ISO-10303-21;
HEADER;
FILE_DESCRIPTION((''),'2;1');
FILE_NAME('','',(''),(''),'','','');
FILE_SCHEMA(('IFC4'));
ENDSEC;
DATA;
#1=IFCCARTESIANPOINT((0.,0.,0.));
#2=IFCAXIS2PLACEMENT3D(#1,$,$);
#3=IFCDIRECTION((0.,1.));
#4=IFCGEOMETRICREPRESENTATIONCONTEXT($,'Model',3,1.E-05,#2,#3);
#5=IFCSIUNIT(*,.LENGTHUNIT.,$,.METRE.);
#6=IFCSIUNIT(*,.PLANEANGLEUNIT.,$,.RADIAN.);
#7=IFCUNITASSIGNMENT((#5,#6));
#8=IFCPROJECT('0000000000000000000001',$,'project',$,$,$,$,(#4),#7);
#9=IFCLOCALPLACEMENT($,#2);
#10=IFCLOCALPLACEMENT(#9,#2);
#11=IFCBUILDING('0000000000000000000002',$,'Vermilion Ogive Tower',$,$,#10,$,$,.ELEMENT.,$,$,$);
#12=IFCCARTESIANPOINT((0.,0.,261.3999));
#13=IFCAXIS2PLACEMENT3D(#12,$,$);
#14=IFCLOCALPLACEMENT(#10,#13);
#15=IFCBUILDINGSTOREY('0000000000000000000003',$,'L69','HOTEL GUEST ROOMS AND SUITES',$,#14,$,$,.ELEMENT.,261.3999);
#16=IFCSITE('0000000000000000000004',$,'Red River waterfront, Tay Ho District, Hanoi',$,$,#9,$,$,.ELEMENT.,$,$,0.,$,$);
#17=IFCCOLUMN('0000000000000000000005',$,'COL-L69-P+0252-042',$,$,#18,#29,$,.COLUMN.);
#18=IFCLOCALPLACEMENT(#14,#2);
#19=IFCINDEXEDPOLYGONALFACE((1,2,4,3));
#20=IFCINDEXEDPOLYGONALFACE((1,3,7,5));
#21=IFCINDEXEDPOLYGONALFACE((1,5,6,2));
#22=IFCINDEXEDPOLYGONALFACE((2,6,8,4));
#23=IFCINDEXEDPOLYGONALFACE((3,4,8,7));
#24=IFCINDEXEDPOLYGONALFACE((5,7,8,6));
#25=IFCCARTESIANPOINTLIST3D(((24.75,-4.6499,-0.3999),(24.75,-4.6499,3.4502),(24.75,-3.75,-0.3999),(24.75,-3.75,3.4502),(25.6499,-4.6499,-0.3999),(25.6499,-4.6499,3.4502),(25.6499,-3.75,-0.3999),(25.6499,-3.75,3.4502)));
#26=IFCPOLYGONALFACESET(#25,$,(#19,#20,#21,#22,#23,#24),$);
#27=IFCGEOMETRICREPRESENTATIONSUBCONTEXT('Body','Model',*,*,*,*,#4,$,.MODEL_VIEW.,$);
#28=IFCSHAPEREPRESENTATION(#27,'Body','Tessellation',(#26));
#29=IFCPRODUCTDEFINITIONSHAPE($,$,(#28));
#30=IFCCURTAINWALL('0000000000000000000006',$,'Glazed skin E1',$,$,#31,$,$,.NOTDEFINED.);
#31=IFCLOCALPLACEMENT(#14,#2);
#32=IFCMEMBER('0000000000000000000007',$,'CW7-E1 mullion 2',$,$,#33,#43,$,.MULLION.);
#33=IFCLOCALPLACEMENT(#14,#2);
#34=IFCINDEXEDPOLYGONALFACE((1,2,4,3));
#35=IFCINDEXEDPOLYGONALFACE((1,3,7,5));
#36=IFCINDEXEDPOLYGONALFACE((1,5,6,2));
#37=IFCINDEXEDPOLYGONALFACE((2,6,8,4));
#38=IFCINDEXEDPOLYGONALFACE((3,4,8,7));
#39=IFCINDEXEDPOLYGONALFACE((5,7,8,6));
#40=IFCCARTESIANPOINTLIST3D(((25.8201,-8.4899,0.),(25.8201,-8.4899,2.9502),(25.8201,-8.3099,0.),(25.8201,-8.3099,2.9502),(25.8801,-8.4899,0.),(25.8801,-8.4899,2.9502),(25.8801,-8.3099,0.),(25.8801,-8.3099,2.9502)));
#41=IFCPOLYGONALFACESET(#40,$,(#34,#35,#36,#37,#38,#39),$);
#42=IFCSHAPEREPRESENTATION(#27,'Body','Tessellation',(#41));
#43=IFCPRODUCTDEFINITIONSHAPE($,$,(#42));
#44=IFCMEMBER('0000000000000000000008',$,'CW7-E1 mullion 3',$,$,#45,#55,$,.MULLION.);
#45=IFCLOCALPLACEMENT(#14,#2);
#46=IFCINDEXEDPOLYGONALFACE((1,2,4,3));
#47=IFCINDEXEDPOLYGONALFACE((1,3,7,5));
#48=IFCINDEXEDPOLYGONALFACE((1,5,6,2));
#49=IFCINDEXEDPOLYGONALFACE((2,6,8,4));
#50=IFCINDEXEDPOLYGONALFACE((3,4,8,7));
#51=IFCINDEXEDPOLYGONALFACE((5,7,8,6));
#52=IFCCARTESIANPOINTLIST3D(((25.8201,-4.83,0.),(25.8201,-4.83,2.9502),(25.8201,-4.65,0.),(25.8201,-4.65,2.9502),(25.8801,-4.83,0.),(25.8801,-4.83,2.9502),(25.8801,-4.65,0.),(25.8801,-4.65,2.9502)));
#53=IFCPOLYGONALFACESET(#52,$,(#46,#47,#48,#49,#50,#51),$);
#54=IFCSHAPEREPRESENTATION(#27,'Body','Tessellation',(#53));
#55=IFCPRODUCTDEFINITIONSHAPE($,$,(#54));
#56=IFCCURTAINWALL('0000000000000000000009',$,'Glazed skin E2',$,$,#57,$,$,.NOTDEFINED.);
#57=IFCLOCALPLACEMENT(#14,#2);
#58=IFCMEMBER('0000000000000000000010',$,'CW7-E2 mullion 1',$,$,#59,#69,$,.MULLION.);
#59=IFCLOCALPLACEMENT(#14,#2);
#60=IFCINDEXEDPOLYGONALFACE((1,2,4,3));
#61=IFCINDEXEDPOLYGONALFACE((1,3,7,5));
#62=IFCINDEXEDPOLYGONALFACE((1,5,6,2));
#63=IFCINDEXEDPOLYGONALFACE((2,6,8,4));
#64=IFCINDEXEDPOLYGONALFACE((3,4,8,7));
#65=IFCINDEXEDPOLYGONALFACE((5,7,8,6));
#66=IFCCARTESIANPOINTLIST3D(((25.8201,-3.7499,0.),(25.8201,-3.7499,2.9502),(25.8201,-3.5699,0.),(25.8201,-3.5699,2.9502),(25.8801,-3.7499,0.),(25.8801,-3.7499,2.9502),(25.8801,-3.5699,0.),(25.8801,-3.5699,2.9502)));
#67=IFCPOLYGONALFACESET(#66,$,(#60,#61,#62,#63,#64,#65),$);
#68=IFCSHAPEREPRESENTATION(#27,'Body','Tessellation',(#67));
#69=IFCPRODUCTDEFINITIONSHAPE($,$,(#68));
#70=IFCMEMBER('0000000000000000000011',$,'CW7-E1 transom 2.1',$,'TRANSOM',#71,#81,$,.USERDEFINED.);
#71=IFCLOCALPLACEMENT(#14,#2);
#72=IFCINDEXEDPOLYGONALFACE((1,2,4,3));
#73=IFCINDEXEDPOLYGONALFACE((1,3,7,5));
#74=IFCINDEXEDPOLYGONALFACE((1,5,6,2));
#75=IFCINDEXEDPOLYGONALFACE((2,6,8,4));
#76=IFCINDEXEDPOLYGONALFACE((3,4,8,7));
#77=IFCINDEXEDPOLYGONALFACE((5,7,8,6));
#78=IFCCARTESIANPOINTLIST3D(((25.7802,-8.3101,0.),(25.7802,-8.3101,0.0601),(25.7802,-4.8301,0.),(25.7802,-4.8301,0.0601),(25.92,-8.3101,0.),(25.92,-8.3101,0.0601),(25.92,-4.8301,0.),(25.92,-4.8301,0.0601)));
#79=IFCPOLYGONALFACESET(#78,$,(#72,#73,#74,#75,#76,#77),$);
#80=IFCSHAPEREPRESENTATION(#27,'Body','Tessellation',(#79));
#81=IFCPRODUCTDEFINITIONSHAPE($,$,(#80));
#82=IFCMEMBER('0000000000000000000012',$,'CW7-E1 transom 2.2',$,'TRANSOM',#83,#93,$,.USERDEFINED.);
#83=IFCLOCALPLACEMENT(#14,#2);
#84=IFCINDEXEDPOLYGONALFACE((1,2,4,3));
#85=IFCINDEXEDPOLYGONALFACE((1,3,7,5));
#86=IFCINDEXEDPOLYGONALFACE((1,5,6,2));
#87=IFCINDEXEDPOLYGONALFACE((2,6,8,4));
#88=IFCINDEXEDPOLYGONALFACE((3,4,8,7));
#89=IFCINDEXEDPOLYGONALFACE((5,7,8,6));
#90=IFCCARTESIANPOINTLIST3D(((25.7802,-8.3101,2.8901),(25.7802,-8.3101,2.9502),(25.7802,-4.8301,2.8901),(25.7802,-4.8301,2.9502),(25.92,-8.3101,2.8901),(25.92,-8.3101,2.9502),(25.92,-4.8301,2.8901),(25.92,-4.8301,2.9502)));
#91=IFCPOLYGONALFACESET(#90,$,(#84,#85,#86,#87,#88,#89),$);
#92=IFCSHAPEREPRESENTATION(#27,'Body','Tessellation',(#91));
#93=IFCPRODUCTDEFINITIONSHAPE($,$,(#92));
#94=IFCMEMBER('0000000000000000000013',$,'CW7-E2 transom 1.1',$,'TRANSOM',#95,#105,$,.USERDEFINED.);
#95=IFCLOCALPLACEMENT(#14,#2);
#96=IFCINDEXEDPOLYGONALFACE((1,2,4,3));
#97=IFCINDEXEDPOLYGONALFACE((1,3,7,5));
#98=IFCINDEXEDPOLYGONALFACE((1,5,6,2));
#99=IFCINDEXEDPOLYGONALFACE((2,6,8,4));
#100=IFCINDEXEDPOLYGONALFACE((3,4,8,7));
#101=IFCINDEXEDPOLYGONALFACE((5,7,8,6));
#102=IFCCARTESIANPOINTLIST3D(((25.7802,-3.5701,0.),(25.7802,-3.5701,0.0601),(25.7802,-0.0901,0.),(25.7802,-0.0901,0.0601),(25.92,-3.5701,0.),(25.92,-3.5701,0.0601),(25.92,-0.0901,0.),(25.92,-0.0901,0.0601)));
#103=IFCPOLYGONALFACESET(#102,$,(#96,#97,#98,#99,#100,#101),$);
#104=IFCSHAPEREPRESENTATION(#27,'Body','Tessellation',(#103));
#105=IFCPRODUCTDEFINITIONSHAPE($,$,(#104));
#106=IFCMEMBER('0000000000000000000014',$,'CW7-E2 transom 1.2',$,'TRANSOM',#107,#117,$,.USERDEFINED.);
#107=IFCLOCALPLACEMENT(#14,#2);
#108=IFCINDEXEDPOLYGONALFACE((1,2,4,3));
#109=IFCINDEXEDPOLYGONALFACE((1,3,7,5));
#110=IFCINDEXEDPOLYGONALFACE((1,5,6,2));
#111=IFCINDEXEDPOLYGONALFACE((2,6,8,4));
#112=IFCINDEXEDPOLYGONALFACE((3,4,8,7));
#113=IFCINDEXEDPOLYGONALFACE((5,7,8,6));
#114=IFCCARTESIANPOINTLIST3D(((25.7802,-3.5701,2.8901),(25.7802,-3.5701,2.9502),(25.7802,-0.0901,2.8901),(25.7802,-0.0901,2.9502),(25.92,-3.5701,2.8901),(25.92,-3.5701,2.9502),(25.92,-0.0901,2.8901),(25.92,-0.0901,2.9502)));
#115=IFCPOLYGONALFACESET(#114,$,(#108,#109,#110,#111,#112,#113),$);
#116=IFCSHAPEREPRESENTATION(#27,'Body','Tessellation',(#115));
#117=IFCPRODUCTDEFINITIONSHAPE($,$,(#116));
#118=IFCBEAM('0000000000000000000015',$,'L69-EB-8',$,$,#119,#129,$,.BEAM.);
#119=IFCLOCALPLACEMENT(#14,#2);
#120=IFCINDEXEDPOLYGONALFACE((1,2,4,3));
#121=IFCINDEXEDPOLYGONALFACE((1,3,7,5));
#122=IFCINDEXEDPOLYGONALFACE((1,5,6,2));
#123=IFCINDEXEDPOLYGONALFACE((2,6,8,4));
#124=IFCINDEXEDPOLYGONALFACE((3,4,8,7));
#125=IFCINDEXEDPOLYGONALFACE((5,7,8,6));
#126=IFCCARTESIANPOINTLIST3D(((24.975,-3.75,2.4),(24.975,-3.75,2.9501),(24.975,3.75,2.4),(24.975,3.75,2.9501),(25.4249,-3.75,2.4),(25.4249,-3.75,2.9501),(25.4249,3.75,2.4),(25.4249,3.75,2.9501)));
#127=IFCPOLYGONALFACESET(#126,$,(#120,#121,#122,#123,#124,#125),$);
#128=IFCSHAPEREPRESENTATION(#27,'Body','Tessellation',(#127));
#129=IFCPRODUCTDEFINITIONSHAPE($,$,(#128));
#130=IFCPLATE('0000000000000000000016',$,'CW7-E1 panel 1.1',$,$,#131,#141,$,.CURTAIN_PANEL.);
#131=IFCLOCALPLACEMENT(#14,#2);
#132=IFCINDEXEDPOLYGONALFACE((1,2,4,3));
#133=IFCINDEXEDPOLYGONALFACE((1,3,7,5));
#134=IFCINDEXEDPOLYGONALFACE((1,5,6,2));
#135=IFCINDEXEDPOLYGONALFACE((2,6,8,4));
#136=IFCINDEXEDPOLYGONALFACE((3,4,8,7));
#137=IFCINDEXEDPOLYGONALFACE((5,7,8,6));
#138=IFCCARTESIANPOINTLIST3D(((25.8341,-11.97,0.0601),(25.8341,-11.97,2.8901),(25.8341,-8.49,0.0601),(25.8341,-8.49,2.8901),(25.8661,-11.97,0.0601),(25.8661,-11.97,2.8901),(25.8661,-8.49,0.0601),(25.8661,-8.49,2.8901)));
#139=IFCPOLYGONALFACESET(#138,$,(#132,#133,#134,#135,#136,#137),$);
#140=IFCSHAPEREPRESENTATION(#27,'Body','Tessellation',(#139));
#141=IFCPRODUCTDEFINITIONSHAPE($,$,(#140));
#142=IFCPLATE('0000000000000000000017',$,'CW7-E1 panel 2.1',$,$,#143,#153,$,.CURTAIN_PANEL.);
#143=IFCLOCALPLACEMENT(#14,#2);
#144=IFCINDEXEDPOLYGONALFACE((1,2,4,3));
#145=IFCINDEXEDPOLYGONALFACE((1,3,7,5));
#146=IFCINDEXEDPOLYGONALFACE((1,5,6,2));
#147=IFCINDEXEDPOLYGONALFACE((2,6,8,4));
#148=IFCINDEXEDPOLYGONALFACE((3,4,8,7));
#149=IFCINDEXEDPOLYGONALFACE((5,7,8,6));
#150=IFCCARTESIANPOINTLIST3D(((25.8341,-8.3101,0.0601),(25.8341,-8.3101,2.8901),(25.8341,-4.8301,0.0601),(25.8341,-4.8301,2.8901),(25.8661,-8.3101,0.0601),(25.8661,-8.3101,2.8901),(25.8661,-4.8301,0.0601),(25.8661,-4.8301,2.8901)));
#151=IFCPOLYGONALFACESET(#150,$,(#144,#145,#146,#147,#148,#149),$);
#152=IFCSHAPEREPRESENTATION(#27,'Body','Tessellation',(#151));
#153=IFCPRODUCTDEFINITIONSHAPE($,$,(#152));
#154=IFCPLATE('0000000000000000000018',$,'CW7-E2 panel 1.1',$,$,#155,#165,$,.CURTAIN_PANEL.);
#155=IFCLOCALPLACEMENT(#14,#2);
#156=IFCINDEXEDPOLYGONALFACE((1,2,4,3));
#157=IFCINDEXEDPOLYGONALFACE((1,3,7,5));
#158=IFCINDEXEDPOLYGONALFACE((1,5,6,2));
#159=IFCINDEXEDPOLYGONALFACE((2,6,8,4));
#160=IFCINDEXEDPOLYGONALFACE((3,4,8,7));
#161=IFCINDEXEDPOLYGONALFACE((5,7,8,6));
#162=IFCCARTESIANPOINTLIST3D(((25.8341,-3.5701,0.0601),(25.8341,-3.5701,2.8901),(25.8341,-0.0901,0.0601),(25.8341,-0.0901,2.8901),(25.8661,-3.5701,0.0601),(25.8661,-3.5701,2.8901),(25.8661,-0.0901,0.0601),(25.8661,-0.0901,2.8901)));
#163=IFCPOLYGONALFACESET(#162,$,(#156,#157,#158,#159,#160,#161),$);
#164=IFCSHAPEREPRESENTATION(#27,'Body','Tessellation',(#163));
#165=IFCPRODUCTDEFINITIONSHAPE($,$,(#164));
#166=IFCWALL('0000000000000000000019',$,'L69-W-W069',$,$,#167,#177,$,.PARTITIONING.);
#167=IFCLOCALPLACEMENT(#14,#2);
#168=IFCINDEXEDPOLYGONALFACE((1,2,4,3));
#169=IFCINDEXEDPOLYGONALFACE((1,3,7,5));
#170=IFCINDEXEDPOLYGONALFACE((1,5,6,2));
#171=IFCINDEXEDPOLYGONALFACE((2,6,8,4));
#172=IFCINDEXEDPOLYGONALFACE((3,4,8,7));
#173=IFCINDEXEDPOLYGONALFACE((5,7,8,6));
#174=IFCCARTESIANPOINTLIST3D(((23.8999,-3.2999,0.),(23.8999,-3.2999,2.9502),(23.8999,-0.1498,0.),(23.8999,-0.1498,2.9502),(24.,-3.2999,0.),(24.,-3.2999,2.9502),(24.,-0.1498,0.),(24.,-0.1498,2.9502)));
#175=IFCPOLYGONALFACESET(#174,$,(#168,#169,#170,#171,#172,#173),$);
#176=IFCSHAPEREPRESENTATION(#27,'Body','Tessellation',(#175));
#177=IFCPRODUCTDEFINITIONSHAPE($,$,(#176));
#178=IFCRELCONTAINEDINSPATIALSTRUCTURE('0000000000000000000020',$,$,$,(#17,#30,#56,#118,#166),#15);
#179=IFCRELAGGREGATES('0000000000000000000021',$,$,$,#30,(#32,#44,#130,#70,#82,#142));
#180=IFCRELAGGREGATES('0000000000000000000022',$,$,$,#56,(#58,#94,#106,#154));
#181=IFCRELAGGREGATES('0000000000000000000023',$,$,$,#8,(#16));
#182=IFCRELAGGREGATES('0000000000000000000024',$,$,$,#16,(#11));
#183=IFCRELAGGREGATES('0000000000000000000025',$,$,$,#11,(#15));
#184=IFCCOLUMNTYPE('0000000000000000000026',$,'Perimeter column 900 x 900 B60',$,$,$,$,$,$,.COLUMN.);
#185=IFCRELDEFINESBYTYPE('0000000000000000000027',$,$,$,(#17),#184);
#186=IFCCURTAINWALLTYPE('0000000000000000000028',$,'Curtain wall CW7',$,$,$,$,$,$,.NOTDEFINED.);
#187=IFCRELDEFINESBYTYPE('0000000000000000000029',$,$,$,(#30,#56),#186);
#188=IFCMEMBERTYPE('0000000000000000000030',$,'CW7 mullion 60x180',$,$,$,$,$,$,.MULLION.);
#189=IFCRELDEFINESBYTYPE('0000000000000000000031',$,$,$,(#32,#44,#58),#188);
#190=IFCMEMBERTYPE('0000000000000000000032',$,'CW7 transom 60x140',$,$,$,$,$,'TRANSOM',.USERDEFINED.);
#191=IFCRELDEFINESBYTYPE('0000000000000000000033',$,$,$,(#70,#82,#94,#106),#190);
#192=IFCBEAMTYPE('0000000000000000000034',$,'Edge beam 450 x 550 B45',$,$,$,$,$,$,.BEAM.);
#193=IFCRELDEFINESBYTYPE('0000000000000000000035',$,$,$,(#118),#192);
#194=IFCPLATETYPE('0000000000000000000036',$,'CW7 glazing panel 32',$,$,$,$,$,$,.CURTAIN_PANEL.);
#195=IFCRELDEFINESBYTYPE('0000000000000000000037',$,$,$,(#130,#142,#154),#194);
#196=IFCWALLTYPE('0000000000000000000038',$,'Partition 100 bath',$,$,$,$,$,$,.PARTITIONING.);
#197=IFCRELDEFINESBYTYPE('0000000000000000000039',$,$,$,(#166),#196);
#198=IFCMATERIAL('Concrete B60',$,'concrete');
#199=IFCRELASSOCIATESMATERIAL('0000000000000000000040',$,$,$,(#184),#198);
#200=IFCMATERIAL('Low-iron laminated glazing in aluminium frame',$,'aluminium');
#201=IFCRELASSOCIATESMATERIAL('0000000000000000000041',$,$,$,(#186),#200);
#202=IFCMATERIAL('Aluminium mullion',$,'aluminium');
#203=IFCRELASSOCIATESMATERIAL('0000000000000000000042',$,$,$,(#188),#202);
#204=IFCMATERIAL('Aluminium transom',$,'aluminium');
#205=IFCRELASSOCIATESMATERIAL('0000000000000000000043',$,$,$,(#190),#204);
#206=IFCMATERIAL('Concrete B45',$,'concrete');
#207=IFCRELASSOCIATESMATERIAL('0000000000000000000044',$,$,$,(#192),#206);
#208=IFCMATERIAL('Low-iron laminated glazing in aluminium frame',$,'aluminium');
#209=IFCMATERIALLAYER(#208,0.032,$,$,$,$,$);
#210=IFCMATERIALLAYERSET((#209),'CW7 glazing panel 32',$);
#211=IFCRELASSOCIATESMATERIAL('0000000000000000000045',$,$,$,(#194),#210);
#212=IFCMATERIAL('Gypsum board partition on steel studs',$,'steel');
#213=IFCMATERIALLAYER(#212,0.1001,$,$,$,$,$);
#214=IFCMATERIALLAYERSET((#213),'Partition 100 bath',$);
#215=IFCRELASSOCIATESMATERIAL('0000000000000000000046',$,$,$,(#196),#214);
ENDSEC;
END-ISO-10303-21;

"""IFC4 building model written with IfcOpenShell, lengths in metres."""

from ifc_helpers import new_model, si_unit, direction, frame, frame_2d, origin, origin_2d, place, context, subcontext, project, spatial, rectangle, extrude, material, layer, layer_set, material_profile, profile_set, type_object, element, aggregate, save


model = new_model("IFC4")

# Units and contexts
model_context = context("Model", 3, precision=1e-05, world=origin(), true_north=direction((0.0, 1.0)))
body_context = subcontext(model_context, "Body", "Model", "MODEL_VIEW")
ifc_project = project(units=[si_unit("LENGTHUNIT", "METRE"), si_unit("PLANEANGLEUNIT", "RADIAN")], contexts=[model_context])

# Site, building, storey
site_placement = place(None, origin())
site = spatial("IfcSite", under=ifc_project, at=site_placement, Name="Red River waterfront, Tay Ho District, Hanoi", CompositionType="ELEMENT", RefElevation=0.0)
building_placement = place(site_placement, origin())
building = spatial("IfcBuilding", under=site, at=building_placement, Name="Vermilion Ogive Tower", CompositionType="ELEMENT")
storey_placement = place(building_placement, frame((0.0, 0.0, 261.3999)))
storey = spatial("IfcBuildingStorey", under=building, at=storey_placement, Name="L69", Description="HOTEL GUEST ROOMS AND SUITES", CompositionType="ELEMENT", Elevation=261.3999)

# Column
ifc_material_1 = material(Name="Concrete B60", Category="concrete")
ifc_material_profile_1 = material_profile(ifc_material_1, rectangle(XDim=0.8999, YDim=0.8999, at=origin_2d()), Name="900 x 900")
ifc_profile_set_1 = profile_set([ifc_material_profile_1], Name="Concrete B60")
column_type = type_object("IfcColumnType", Name="Perimeter column 900 x 900 B60", PredefinedType="COLUMN", material=ifc_profile_set_1)
column_placement = place(storey_placement, frame((25.2, -4.2, -0.3999), z_axis=(0.0, 0.0, 1.0), x_axis=(1.0, 0.0, 0.0)))
element("IfcColumn", 1, at=column_placement, inside=storey, type_object=column_type, Name="COL-L69-P+0252-042", PredefinedType="COLUMN", context=body_context, shape_type="SweptSolid", body=[
    extrude(rectangle(XDim=0.8999, YDim=0.8999, at=origin_2d()), origin(), (0.0, 0.0, 1.0), 3.8501),
])

# Curtain wall, members
ifc_material_2 = material(Name="Low-iron laminated glazing in aluminium frame", Category="aluminium")
curtain_wall_type = type_object("IfcCurtainWallType", Name="Curtain wall CW7", PredefinedType="NOTDEFINED", material=ifc_material_2)
curtain_wall_1_placement = place(storey_placement, origin())
curtain_wall_1 = element("IfcCurtainWall", 2, at=curtain_wall_1_placement, inside=storey, type_object=curtain_wall_type, Name="Glazed skin E1", PredefinedType="NOTDEFINED")
ifc_material_3 = material(Name="Aluminium mullion", Category="aluminium")
ifc_material_profile_2 = material_profile(ifc_material_3, rectangle(XDim=0.0601, YDim=0.1799, at=origin_2d()), Name="AL 60x180")
ifc_profile_set_2 = profile_set([ifc_material_profile_2], Name="Aluminium mullion")
member_type_1 = type_object("IfcMemberType", Name="CW7 mullion 60x180", PredefinedType="MULLION", material=ifc_profile_set_2)
member_1_placement = place(storey_placement, frame((25.8501, -8.3999, 0.0), z_axis=(0.0, 0.0, 1.0), x_axis=(-1.0, 0.0, 0.0)))
member_1 = element("IfcMember", 3, at=member_1_placement, type_object=member_type_1, Name="CW7-E1 mullion 2", PredefinedType="MULLION", context=body_context, shape_type="SweptSolid", body=[
    extrude(rectangle(XDim=0.0601, YDim=0.1799, at=origin_2d()), origin(), (0.0, 0.0, 1.0), 2.9502),
])
member_2_placement = place(storey_placement, frame((25.8501, -4.74, 0.0), z_axis=(0.0, 0.0, 1.0), x_axis=(-1.0, 0.0, 0.0)))
member_2 = element("IfcMember", 4, at=member_2_placement, type_object=member_type_1, Name="CW7-E1 mullion 3", PredefinedType="MULLION", context=body_context, shape_type="SweptSolid", body=[
    extrude(rectangle(XDim=0.0601, YDim=0.1799, at=origin_2d()), origin(), (0.0, 0.0, 1.0), 2.9502),
])

# Curtain wall, member
curtain_wall_2_placement = place(storey_placement, origin())
curtain_wall_2 = element("IfcCurtainWall", 5, at=curtain_wall_2_placement, inside=storey, type_object=curtain_wall_type, Name="Glazed skin E2", PredefinedType="NOTDEFINED")
member_3_placement = place(storey_placement, frame((25.8501, -3.6599, 0.0), z_axis=(0.0, 0.0, 1.0), x_axis=(-1.0, 0.0, 0.0)))
member_3 = element("IfcMember", 6, at=member_3_placement, type_object=member_type_1, Name="CW7-E2 mullion 1", PredefinedType="MULLION", context=body_context, shape_type="SweptSolid", body=[
    extrude(rectangle(XDim=0.0601, YDim=0.1799, at=origin_2d()), origin(), (0.0, 0.0, 1.0), 2.9502),
])

# Members
ifc_material_4 = material(Name="Aluminium transom", Category="aluminium")
ifc_material_profile_3 = material_profile(ifc_material_4, rectangle(XDim=0.1399, YDim=0.0601, at=origin_2d()), Name="AL 60x140")
ifc_profile_set_3 = profile_set([ifc_material_profile_3], Name="Aluminium transom")
member_type_2 = type_object("IfcMemberType", Name="CW7 transom 60x140", ElementType="TRANSOM", PredefinedType="USERDEFINED", material=ifc_profile_set_3)
member_4_placement = place(storey_placement, frame((25.8501, -8.3101, 0.03), z_axis=(0.0, 1.0, 0.0), x_axis=(-1.0, 0.0, 0.0)))
member_4 = element("IfcMember", 7, at=member_4_placement, type_object=member_type_2, Name="CW7-E1 transom 2.1", ObjectType="TRANSOM", PredefinedType="USERDEFINED", context=body_context, shape_type="SweptSolid", body=[
    extrude(rectangle(XDim=0.1399, YDim=0.0601, at=origin_2d()), origin(), (0.0, 0.0, 1.0), 3.48),
])
member_5_placement = place(storey_placement, frame((25.8501, -8.3101, 2.9202), z_axis=(0.0, 1.0, 0.0), x_axis=(-1.0, 0.0, 0.0)))
member_5 = element("IfcMember", 8, at=member_5_placement, type_object=member_type_2, Name="CW7-E1 transom 2.2", ObjectType="TRANSOM", PredefinedType="USERDEFINED", context=body_context, shape_type="SweptSolid", body=[
    extrude(rectangle(XDim=0.1399, YDim=0.0601, at=origin_2d()), origin(), (0.0, 0.0, 1.0), 3.48),
])
member_6_placement = place(storey_placement, frame((25.8501, -3.5701, 0.03), z_axis=(0.0, 1.0, 0.0), x_axis=(-1.0, 0.0, 0.0)))
member_6 = element("IfcMember", 9, at=member_6_placement, type_object=member_type_2, Name="CW7-E2 transom 1.1", ObjectType="TRANSOM", PredefinedType="USERDEFINED", context=body_context, shape_type="SweptSolid", body=[
    extrude(rectangle(XDim=0.1399, YDim=0.0601, at=origin_2d()), origin(), (0.0, 0.0, 1.0), 3.48),
])
member_7_placement = place(storey_placement, frame((25.8501, -3.5701, 2.9202), z_axis=(0.0, 1.0, 0.0), x_axis=(-1.0, 0.0, 0.0)))
member_7 = element("IfcMember", 10, at=member_7_placement, type_object=member_type_2, Name="CW7-E2 transom 1.2", ObjectType="TRANSOM", PredefinedType="USERDEFINED", context=body_context, shape_type="SweptSolid", body=[
    extrude(rectangle(XDim=0.1399, YDim=0.0601, at=origin_2d()), origin(), (0.0, 0.0, 1.0), 3.48),
])

# Beam
ifc_material_5 = material(Name="Concrete B45", Category="concrete")
ifc_material_profile_4 = material_profile(ifc_material_5, rectangle(XDim=0.45, YDim=0.55, at=origin_2d()), Name="450 x 550")
ifc_profile_set_4 = profile_set([ifc_material_profile_4], Name="Concrete B45")
beam_type = type_object("IfcBeamType", Name="Edge beam 450 x 550 B45", PredefinedType="BEAM", material=ifc_profile_set_4)
beam_placement = place(storey_placement, frame((25.2, -3.75, 2.675), z_axis=(0.0, 1.0, 0.0), x_axis=(-1.0, 0.0, 0.0)))
element("IfcBeam", 11, at=beam_placement, inside=storey, type_object=beam_type, Name="L69-EB-8", PredefinedType="BEAM", context=body_context, shape_type="SweptSolid", body=[
    extrude(rectangle(XDim=0.45, YDim=0.55, at=origin_2d()), origin(), (0.0, 0.0, 1.0), 7.5),
])

# Plates
ifc_material_6 = material(Name="Low-iron laminated glazing in aluminium frame", Category="aluminium")
ifc_layer_1 = layer(ifc_material_6, 0.032)
ifc_layer_set_1 = layer_set([ifc_layer_1], Name="CW7 glazing panel 32")
plate_type = type_object("IfcPlateType", Name="CW7 glazing panel 32", PredefinedType="CURTAIN_PANEL", material=ifc_layer_set_1)
plate_1_placement = place(storey_placement, frame((25.8501, -10.23, 0.0601), z_axis=(0.0, 0.0, 1.0), x_axis=(0.0, 1.0, 0.0)))
plate_1 = element("IfcPlate", 12, at=plate_1_placement, type_object=plate_type, Name="CW7-E1 panel 1.1", PredefinedType="CURTAIN_PANEL", context=body_context, shape_type="SweptSolid", body=[
    extrude(rectangle(XDim=3.48, YDim=0.032, at=origin_2d()), origin(), (0.0, 0.0, 1.0), 2.8301),
])
plate_2_placement = place(storey_placement, frame((25.8501, -6.5701, 0.0601), z_axis=(0.0, 0.0, 1.0), x_axis=(0.0, 1.0, 0.0)))
plate_2 = element("IfcPlate", 13, at=plate_2_placement, type_object=plate_type, Name="CW7-E1 panel 2.1", PredefinedType="CURTAIN_PANEL", context=body_context, shape_type="SweptSolid", body=[
    extrude(rectangle(XDim=3.48, YDim=0.032, at=origin_2d()), origin(), (0.0, 0.0, 1.0), 2.8301),
])
aggregate(curtain_wall_1, [member_1, member_2, plate_1, member_4, member_5, plate_2])
plate_3_placement = place(storey_placement, frame((25.8501, -1.8301, 0.0601), z_axis=(0.0, 0.0, 1.0), x_axis=(0.0, 1.0, 0.0)))
plate_3 = element("IfcPlate", 14, at=plate_3_placement, type_object=plate_type, Name="CW7-E2 panel 1.1", PredefinedType="CURTAIN_PANEL", context=body_context, shape_type="SweptSolid", body=[
    extrude(rectangle(XDim=3.48, YDim=0.032, at=origin_2d()), origin(), (0.0, 0.0, 1.0), 2.8301),
])
aggregate(curtain_wall_2, [member_3, member_6, member_7, plate_3])

# Wall
ifc_material_7 = material(Name="Gypsum board partition on steel studs", Category="steel")
ifc_layer_2 = layer(ifc_material_7, 0.1001)
ifc_layer_set_2 = layer_set([ifc_layer_2], Name="Partition 100 bath")
wall_type_1 = type_object("IfcWallType", Name="Partition 100 bath", PredefinedType="PARTITIONING", material=ifc_layer_set_2)
wall_1_placement = place(storey_placement, frame((23.95, -3.3, 0.0), z_axis=(0.0, 0.0, 1.0), x_axis=(0.0, 1.0, 0.0)))
element("IfcWall", 15, at=wall_1_placement, inside=storey, type_object=wall_type_1, Name="L69-W-W069", PredefinedType="PARTITIONING", context=body_context, shape_type="SweptSolid", body=[
    extrude(rectangle(XDim=3.1501, YDim=0.1001, at=frame_2d((1.5752, 0.0))), origin(), (0.0, 0.0, 1.0), 2.9502),
])

save(model, "model.ifc")
